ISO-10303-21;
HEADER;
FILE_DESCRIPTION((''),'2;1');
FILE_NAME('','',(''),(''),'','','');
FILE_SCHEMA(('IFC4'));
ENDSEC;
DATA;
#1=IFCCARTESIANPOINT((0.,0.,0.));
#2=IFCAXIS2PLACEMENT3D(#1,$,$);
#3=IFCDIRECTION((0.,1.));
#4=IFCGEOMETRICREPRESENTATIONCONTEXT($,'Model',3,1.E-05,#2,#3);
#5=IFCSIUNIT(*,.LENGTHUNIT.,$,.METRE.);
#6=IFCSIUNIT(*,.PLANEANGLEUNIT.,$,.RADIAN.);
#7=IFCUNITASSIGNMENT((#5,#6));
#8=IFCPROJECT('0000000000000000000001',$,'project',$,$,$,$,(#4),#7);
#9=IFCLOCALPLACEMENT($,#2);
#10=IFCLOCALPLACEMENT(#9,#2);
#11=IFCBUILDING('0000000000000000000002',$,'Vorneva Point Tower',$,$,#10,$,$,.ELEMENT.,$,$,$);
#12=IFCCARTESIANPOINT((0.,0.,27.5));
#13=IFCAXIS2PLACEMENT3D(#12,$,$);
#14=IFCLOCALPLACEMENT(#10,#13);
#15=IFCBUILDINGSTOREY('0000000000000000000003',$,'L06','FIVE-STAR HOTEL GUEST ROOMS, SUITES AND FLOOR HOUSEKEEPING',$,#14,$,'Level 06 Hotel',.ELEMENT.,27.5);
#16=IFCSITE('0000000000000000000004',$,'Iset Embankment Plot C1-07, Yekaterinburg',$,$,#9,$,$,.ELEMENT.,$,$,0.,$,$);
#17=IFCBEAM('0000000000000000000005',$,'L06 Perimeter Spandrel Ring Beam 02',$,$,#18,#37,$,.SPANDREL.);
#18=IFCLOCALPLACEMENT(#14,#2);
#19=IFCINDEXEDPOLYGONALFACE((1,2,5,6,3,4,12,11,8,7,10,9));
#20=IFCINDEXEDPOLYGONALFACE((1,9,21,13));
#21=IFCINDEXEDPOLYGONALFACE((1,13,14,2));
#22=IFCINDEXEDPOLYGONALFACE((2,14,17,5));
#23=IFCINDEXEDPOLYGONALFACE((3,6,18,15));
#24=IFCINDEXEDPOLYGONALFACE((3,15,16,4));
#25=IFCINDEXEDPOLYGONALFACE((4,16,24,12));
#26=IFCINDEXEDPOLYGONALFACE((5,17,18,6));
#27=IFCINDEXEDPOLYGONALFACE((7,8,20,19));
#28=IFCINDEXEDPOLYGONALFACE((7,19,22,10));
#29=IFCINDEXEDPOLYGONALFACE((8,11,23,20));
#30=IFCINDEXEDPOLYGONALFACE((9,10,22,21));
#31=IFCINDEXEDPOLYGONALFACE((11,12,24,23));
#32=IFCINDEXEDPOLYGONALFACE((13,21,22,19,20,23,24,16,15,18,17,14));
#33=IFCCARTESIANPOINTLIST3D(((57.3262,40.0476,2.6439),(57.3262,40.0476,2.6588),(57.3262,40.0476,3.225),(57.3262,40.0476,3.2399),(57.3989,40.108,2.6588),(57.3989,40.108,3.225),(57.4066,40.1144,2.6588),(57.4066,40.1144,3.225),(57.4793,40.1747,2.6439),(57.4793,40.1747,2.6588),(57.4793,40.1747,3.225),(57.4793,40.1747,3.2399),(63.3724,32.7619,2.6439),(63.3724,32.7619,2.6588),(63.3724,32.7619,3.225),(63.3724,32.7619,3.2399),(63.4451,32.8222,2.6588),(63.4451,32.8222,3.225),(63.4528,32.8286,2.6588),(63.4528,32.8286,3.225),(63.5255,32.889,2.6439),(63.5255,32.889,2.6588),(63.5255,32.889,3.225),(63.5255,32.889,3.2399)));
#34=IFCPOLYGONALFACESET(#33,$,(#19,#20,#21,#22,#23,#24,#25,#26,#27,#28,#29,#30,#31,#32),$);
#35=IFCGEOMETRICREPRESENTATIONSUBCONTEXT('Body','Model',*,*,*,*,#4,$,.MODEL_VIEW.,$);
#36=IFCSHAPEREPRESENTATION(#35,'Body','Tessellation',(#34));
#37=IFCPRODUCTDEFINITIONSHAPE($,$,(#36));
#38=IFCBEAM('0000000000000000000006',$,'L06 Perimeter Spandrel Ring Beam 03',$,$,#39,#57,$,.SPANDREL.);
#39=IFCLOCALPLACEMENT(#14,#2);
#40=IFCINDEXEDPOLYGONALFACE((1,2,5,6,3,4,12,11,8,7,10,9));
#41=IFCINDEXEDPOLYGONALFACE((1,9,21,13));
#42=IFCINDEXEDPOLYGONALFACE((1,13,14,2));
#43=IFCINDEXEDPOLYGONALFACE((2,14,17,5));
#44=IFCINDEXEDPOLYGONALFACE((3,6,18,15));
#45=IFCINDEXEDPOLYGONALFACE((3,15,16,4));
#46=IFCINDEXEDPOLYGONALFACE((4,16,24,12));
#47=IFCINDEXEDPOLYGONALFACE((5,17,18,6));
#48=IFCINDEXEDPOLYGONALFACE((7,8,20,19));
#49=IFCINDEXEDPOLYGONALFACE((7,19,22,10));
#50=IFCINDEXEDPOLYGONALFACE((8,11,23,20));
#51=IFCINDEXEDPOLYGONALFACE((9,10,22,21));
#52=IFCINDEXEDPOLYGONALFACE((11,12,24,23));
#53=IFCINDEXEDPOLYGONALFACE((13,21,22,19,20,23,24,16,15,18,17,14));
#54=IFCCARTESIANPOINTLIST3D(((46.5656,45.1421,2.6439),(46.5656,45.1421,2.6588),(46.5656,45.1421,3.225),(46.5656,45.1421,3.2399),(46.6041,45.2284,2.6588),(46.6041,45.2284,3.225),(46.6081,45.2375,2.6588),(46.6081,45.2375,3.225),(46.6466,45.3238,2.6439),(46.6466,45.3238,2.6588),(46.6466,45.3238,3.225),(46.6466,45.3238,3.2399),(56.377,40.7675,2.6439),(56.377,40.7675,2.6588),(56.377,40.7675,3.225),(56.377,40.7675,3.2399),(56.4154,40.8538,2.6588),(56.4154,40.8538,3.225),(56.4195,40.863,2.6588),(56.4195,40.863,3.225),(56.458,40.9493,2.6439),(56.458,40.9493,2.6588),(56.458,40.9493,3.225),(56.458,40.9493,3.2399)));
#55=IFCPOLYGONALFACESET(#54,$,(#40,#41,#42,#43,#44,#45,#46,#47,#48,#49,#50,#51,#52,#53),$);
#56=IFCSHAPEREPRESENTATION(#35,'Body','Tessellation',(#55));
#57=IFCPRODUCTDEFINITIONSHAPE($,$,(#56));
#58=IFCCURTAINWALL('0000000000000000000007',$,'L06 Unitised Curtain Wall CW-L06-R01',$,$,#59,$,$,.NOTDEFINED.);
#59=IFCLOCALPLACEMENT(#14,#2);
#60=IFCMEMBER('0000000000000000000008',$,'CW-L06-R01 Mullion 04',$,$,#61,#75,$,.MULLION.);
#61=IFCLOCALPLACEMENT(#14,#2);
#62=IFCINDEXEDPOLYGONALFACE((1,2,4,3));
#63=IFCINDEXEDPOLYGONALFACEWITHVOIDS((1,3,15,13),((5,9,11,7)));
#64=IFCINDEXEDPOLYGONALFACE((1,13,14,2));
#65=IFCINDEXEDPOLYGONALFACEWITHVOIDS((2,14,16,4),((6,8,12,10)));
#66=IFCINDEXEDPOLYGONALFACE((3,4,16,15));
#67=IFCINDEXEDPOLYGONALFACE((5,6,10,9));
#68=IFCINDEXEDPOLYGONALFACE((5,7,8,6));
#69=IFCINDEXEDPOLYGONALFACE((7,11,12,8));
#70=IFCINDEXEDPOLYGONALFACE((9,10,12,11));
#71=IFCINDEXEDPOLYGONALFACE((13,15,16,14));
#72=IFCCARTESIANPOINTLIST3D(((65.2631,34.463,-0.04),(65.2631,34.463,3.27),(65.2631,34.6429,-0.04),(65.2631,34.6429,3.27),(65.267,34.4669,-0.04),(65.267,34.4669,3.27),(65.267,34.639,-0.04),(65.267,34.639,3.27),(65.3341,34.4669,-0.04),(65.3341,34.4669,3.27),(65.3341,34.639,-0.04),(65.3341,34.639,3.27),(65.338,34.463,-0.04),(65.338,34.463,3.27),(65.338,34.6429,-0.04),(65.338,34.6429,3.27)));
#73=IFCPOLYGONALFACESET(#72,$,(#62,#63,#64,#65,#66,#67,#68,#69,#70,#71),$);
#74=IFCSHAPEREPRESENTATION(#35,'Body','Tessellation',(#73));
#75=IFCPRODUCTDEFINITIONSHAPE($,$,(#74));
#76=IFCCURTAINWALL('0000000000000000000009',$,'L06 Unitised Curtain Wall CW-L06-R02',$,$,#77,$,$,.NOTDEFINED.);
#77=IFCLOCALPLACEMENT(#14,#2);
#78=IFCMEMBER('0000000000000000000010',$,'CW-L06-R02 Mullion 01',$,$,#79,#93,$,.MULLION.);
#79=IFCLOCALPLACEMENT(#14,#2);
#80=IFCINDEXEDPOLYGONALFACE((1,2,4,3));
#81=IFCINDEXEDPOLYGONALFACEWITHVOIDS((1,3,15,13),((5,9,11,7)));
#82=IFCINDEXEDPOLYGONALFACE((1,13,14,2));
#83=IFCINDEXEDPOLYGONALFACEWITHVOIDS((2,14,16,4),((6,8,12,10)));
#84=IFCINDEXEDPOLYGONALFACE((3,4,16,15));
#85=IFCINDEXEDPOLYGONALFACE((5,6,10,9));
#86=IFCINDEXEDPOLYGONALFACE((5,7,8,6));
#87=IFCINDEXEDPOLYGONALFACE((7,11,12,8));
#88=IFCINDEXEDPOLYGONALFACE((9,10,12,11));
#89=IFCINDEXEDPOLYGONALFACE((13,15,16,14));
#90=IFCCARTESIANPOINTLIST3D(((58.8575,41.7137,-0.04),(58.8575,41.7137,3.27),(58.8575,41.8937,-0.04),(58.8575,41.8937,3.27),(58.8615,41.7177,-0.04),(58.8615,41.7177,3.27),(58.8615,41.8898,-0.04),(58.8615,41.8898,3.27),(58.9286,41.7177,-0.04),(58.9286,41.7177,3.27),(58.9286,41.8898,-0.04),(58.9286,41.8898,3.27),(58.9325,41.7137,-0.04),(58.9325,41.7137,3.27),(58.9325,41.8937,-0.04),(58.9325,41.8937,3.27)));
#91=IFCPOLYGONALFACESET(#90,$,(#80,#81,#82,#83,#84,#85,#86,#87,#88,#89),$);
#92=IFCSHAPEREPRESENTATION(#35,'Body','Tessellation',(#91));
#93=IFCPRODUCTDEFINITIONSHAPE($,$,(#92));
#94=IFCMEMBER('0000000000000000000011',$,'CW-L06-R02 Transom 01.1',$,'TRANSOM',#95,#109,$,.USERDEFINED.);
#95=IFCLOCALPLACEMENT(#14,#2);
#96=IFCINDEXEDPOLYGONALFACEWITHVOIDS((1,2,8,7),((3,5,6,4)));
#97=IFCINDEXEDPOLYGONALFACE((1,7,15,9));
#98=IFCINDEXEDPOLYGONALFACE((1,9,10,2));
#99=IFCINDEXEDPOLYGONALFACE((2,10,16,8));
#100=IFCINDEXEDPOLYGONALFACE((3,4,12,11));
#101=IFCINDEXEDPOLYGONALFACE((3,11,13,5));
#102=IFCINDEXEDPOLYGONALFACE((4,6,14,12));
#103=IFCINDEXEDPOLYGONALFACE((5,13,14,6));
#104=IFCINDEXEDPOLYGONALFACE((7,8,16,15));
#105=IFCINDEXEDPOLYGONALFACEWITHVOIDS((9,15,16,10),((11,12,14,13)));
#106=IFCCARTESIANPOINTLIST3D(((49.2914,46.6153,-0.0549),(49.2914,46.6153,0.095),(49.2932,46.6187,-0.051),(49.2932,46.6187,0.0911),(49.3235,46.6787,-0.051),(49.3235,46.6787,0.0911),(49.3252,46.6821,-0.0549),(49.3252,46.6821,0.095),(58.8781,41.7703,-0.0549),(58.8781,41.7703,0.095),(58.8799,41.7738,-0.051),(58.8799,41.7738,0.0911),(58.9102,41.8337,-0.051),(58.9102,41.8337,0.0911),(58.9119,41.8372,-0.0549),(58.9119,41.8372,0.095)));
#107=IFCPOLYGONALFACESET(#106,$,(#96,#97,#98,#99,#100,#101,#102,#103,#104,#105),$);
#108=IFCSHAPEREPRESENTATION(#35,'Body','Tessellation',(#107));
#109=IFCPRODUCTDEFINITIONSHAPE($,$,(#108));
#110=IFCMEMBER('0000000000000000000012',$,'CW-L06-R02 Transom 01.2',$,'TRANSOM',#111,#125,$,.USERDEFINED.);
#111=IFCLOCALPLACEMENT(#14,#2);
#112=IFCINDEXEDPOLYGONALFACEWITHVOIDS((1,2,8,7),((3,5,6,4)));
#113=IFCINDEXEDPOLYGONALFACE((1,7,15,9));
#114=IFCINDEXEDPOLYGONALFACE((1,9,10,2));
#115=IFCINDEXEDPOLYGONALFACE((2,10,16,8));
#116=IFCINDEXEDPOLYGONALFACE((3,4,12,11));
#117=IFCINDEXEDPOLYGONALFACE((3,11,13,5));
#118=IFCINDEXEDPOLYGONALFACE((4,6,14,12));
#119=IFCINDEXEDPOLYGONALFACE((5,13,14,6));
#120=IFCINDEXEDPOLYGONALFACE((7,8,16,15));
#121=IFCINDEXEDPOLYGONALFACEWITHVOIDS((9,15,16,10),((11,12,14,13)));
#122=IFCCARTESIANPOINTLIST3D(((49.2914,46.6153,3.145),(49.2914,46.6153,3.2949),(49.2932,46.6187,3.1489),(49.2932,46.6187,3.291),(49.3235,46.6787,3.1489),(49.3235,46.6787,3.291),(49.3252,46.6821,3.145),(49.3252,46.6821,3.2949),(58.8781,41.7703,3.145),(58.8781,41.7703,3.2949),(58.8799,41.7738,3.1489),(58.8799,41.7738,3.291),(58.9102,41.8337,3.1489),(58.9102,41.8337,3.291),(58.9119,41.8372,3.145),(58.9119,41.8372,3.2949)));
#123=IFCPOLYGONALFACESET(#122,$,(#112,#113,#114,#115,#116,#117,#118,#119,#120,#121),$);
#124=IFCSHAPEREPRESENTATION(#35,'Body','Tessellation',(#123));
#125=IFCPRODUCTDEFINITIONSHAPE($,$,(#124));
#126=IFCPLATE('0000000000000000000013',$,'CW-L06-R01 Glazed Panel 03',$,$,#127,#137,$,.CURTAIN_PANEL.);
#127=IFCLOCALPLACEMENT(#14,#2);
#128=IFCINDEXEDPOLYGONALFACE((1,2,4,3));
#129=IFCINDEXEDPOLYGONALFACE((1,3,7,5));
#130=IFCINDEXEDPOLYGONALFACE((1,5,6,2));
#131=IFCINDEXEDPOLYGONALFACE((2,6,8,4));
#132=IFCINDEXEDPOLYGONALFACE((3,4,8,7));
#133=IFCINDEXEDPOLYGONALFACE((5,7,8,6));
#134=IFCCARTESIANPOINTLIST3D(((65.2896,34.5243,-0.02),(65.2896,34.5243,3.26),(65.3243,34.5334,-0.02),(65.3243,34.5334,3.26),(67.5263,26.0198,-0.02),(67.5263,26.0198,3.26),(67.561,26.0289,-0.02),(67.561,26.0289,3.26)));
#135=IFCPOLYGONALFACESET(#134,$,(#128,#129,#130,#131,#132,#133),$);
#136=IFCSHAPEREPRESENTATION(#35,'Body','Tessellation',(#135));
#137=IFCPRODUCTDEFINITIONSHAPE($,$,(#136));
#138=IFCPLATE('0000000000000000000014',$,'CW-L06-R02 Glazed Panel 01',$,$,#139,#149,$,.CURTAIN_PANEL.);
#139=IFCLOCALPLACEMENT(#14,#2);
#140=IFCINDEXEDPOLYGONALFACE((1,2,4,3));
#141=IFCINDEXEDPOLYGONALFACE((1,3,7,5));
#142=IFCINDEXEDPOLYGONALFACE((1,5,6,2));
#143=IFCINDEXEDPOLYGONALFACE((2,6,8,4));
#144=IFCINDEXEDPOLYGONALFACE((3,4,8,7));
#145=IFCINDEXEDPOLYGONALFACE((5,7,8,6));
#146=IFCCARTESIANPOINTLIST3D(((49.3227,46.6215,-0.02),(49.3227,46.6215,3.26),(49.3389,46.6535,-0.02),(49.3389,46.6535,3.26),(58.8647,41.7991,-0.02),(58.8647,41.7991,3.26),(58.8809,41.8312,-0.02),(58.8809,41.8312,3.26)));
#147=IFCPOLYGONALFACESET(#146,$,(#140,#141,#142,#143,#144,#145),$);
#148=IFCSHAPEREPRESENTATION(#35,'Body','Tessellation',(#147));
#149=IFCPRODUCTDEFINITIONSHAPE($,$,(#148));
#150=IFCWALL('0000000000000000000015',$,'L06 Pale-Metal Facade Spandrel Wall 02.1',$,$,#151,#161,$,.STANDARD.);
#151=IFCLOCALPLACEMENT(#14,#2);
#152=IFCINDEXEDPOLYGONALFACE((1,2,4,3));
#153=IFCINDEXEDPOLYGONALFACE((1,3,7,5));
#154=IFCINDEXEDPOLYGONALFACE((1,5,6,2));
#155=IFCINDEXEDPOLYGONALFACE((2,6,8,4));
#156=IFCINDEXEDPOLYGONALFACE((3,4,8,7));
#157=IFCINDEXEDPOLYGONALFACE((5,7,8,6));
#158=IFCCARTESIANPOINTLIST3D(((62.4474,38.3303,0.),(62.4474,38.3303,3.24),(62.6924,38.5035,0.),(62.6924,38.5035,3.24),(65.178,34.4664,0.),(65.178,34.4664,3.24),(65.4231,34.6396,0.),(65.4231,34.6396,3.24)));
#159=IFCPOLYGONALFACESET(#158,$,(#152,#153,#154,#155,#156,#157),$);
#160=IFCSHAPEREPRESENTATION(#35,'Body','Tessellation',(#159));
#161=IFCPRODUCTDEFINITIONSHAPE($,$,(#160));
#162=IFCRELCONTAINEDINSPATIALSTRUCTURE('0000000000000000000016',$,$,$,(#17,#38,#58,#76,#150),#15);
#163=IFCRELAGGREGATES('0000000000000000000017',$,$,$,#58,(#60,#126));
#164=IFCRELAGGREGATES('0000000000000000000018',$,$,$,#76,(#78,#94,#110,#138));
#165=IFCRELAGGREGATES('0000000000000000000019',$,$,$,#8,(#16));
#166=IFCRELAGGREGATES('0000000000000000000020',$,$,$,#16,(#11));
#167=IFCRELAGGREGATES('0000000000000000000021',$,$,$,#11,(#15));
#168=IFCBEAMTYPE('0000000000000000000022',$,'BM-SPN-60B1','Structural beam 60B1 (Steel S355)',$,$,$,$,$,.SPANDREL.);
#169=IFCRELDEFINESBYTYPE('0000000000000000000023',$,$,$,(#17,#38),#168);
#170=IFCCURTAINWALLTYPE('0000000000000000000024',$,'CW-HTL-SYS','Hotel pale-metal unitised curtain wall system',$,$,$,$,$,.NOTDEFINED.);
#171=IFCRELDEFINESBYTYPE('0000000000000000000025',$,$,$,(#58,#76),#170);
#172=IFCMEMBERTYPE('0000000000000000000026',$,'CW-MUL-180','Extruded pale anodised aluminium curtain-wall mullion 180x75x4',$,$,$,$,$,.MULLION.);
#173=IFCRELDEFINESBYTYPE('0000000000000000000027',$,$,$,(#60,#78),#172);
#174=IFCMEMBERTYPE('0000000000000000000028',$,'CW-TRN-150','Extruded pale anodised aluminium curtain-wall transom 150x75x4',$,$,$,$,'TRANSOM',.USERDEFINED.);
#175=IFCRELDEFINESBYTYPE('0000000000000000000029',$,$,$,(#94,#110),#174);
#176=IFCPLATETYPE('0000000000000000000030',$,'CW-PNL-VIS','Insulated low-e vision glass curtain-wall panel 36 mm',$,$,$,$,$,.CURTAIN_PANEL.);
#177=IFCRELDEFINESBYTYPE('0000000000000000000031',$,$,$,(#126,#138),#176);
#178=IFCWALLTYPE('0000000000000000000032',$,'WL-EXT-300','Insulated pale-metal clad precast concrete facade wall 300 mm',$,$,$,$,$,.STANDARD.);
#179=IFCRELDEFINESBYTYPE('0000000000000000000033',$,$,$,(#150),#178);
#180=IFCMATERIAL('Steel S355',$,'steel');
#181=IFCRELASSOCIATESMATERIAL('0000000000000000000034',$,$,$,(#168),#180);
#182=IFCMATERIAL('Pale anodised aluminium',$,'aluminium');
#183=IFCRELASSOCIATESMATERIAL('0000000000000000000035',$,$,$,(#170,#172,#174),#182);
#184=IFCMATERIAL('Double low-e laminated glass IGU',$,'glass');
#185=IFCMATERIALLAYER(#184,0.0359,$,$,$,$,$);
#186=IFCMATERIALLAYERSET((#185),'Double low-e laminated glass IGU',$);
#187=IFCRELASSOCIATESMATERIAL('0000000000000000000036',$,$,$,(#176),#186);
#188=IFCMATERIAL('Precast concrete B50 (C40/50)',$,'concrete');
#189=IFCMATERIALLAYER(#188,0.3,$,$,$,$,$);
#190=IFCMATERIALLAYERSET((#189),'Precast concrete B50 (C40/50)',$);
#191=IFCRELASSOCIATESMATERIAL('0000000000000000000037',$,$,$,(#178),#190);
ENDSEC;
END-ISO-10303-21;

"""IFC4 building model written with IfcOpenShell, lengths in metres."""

from ifc_helpers import new_model, si_unit, direction, frame, frame_2d, origin, origin_2d, place, context, subcontext, project, spatial, rectangle, hollow_rectangle, i_section, extrude, material, layer, layer_set, material_profile, profile_set, type_object, element, aggregate, save


model = new_model("IFC4")

# Units and contexts
model_context = context("Model", 3, precision=1e-05, world=origin(), true_north=direction((0.0, 1.0)))
body_context = subcontext(model_context, "Body", "Model", "MODEL_VIEW")
ifc_project = project(units=[si_unit("LENGTHUNIT", "METRE"), si_unit("PLANEANGLEUNIT", "RADIAN")], contexts=[model_context])

# Site, building, storey
site_placement = place(None, origin())
site = spatial("IfcSite", under=ifc_project, at=site_placement, Name="Iset Embankment Plot C1-07, Yekaterinburg", CompositionType="ELEMENT", RefElevation=0.0)
building_placement = place(site_placement, origin())
building = spatial("IfcBuilding", under=site, at=building_placement, Name="Vorneva Point Tower", CompositionType="ELEMENT")
storey_placement = place(building_placement, frame((0.0, 0.0, 27.5)))
storey = spatial("IfcBuildingStorey", under=building, at=storey_placement, Name="L06", Description="FIVE-STAR HOTEL GUEST ROOMS, SUITES AND FLOOR HOUSEKEEPING", LongName="Level 06 Hotel", CompositionType="ELEMENT", Elevation=27.5)

# Beams
ifc_material_1 = material(Name="Steel S355", Category="steel")
ifc_material_profile_1 = material_profile(ifc_material_1, i_section(OverallWidth=0.199, OverallDepth=0.5959, WebThickness=0.01, FlangeThickness=0.0149, at=origin_2d()), Name="60B1")
ifc_profile_set_1 = profile_set([ifc_material_profile_1], Name="Steel S355")
beam_type_1 = type_object("IfcBeamType", Name="BM-SPN-60B1", Description="Structural beam 60B1 (Steel S355)", PredefinedType="SPANDREL", material=ifc_profile_set_1)
beam_1_placement = place(storey_placement, frame((63.449, 32.8254, 2.9419), z_axis=(-0.63861, 0.76953, 0.0), x_axis=(-0.76953, -0.63861, 0.0)))
element("IfcBeam", 1, at=beam_1_placement, inside=storey, type_object=beam_type_1, Name="L06 Perimeter Spandrel Ring Beam 02", PredefinedType="SPANDREL", context=body_context, shape_type="SweptSolid", body=[
    extrude(i_section(OverallWidth=0.199, OverallDepth=0.5959, WebThickness=0.01, FlangeThickness=0.0149, at=origin_2d()), origin(), (0.0, 0.0, 1.0), 9.4678),
])
beam_2_placement = place(storey_placement, frame((56.4175, 40.8584, 2.9419), z_axis=(-0.913329, 0.407222, 0.0), x_axis=(-0.407222, -0.913329, 0.0)))
element("IfcBeam", 2, at=beam_2_placement, inside=storey, type_object=beam_type_1, Name="L06 Perimeter Spandrel Ring Beam 03", PredefinedType="SPANDREL", context=body_context, shape_type="SweptSolid", body=[
    extrude(i_section(OverallWidth=0.199, OverallDepth=0.5959, WebThickness=0.01, FlangeThickness=0.0149, at=origin_2d()), origin(), (0.0, 0.0, 1.0), 10.7424),
])

# Curtain wall, member
ifc_material_2 = material(Name="Pale anodised aluminium", Category="aluminium")
curtain_wall_type = type_object("IfcCurtainWallType", Name="CW-HTL-SYS", Description="Hotel pale-metal unitised curtain wall system", PredefinedType="NOTDEFINED", material=ifc_material_2)
curtain_wall_1_placement = place(storey_placement, origin())
curtain_wall_1 = element("IfcCurtainWall", 3, at=curtain_wall_1_placement, inside=storey, type_object=curtain_wall_type, Name="L06 Unitised Curtain Wall CW-L06-R01", PredefinedType="NOTDEFINED")
ifc_material_profile_2 = material_profile(ifc_material_2, hollow_rectangle(XDim=0.075, YDim=0.1799, WallThickness=0.0039, at=origin_2d()), Name="AL-MUL 180x75x4")
ifc_profile_set_2 = profile_set([ifc_material_profile_2], Name="Pale anodised aluminium")
member_type_1 = type_object("IfcMemberType", Name="CW-MUL-180", Description="Extruded pale anodised aluminium curtain-wall mullion 180x75x4", PredefinedType="MULLION", material=ifc_profile_set_2)
member_1_placement = place(storey_placement, frame((65.3005, 34.553, -0.04), z_axis=(0.0, 0.0, 1.0), x_axis=(1.0, 0.0, 0.0)))
member_1 = element("IfcMember", 4, at=member_1_placement, type_object=member_type_1, Name="CW-L06-R01 Mullion 04", PredefinedType="MULLION", context=body_context, shape_type="SweptSolid", body=[
    extrude(hollow_rectangle(XDim=0.075, YDim=0.1799, WallThickness=0.0039, at=origin_2d()), origin(), (0.0, 0.0, 1.0), 3.3101),
])

# Curtain wall, members
curtain_wall_2_placement = place(storey_placement, origin())
curtain_wall_2 = element("IfcCurtainWall", 5, at=curtain_wall_2_placement, inside=storey, type_object=curtain_wall_type, Name="L06 Unitised Curtain Wall CW-L06-R02", PredefinedType="NOTDEFINED")
member_2_placement = place(storey_placement, frame((58.895, 41.8037, -0.04), z_axis=(0.0, 0.0, 1.0), x_axis=(1.0, 0.0, 0.0)))
member_2 = element("IfcMember", 6, at=member_2_placement, type_object=member_type_1, Name="CW-L06-R02 Mullion 01", PredefinedType="MULLION", context=body_context, shape_type="SweptSolid", body=[
    extrude(hollow_rectangle(XDim=0.075, YDim=0.1799, WallThickness=0.0039, at=origin_2d()), origin(), (0.0, 0.0, 1.0), 3.3101),
])
ifc_material_profile_3 = material_profile(ifc_material_2, hollow_rectangle(XDim=0.075, YDim=0.1499, WallThickness=0.0039, at=origin_2d()), Name="AL-TRN 150x75x4")
ifc_profile_set_3 = profile_set([ifc_material_profile_3], Name="Pale anodised aluminium")
member_type_2 = type_object("IfcMemberType", Name="CW-TRN-150", Description="Extruded pale anodised aluminium curtain-wall transom 150x75x4", ElementType="TRANSOM", PredefinedType="USERDEFINED", material=ifc_profile_set_3)
member_3_placement = place(storey_placement, frame((58.895, 41.8037, 0.02), z_axis=(-0.892496, 0.451055, 0.0), x_axis=(-0.451055, -0.892496, 0.0)))
member_3 = element("IfcMember", 7, at=member_3_placement, type_object=member_type_2, Name="CW-L06-R02 Transom 01.1", ObjectType="TRANSOM", PredefinedType="USERDEFINED", context=body_context, shape_type="SweptSolid", body=[
    extrude(hollow_rectangle(XDim=0.075, YDim=0.1499, WallThickness=0.0039, at=origin_2d()), origin(), (0.0, 0.0, 1.0), 10.7415),
])
member_4_placement = place(storey_placement, frame((58.895, 41.8037, 3.22), z_axis=(-0.892496, 0.451055, 0.0), x_axis=(-0.451055, -0.892496, 0.0)))
member_4 = element("IfcMember", 8, at=member_4_placement, type_object=member_type_2, Name="CW-L06-R02 Transom 01.2", ObjectType="TRANSOM", PredefinedType="USERDEFINED", context=body_context, shape_type="SweptSolid", body=[
    extrude(hollow_rectangle(XDim=0.075, YDim=0.1499, WallThickness=0.0039, at=origin_2d()), origin(), (0.0, 0.0, 1.0), 10.7415),
])

# Plates
ifc_material_3 = material(Name="Double low-e laminated glass IGU", Category="glass")
ifc_layer_1 = layer(ifc_material_3, 0.0359)
ifc_layer_set_1 = layer_set([ifc_layer_1], Name="Double low-e laminated glass IGU")
plate_type = type_object("IfcPlateType", Name="CW-PNL-VIS", Description="Insulated low-e vision glass curtain-wall panel 36 mm", PredefinedType="CURTAIN_PANEL", material=ifc_layer_set_1)
plate_1_placement = place(storey_placement, frame((66.4253, 30.2766, -0.02), z_axis=(0.0, 0.0, 1.0), x_axis=(-0.254349, 0.967113, 0.0)))
plate_1 = element("IfcPlate", 9, at=plate_1_placement, type_object=plate_type, Name="CW-L06-R01 Glazed Panel 03", PredefinedType="CURTAIN_PANEL", context=body_context, shape_type="SweptSolid", body=[
    extrude(rectangle(XDim=8.7937, YDim=0.0359, at=origin_2d()), origin(), (0.0, 0.0, 1.0), 3.28),
])
aggregate(curtain_wall_1, [member_1, plate_1])
plate_2_placement = place(storey_placement, frame((54.1018, 44.2263, -0.02), z_axis=(0.0, 0.0, 1.0), x_axis=(-0.892499, 0.451049, 0.0)))
plate_2 = element("IfcPlate", 10, at=plate_2_placement, type_object=plate_type, Name="CW-L06-R02 Glazed Panel 01", PredefinedType="CURTAIN_PANEL", context=body_context, shape_type="SweptSolid", body=[
    extrude(rectangle(XDim=10.6914, YDim=0.0359, at=origin_2d()), origin(), (0.0, 0.0, 1.0), 3.28),
])
aggregate(curtain_wall_2, [member_2, member_3, member_4, plate_2])

# Wall
ifc_material_4 = material(Name="Precast concrete B50 (C40/50)", Category="concrete")
ifc_layer_2 = layer(ifc_material_4, 0.3)
ifc_layer_set_2 = layer_set([ifc_layer_2], Name="Precast concrete B50 (C40/50)")
wall_type_1 = type_object("IfcWallType", Name="WL-EXT-300", Description="Insulated pale-metal clad precast concrete facade wall 300 mm", PredefinedType="STANDARD", material=ifc_layer_set_2)
wall_1_placement = place(storey_placement, frame((65.3005, 34.553, 0.0), z_axis=(0.0, 0.0, 1.0), x_axis=(-0.577131, 0.816652, 0.0)))
element("IfcWall", 11, at=wall_1_placement, inside=storey, type_object=wall_type_1, Name="L06 Pale-Metal Facade Spandrel Wall 02.1", PredefinedType="STANDARD", context=body_context, shape_type="SweptSolid", body=[
    extrude(rectangle(XDim=4.7314, YDim=0.3, at=frame_2d((2.3657, 0.0))), origin(), (0.0, 0.0, 1.0), 3.24),
])

save(model, "model.ifc")
